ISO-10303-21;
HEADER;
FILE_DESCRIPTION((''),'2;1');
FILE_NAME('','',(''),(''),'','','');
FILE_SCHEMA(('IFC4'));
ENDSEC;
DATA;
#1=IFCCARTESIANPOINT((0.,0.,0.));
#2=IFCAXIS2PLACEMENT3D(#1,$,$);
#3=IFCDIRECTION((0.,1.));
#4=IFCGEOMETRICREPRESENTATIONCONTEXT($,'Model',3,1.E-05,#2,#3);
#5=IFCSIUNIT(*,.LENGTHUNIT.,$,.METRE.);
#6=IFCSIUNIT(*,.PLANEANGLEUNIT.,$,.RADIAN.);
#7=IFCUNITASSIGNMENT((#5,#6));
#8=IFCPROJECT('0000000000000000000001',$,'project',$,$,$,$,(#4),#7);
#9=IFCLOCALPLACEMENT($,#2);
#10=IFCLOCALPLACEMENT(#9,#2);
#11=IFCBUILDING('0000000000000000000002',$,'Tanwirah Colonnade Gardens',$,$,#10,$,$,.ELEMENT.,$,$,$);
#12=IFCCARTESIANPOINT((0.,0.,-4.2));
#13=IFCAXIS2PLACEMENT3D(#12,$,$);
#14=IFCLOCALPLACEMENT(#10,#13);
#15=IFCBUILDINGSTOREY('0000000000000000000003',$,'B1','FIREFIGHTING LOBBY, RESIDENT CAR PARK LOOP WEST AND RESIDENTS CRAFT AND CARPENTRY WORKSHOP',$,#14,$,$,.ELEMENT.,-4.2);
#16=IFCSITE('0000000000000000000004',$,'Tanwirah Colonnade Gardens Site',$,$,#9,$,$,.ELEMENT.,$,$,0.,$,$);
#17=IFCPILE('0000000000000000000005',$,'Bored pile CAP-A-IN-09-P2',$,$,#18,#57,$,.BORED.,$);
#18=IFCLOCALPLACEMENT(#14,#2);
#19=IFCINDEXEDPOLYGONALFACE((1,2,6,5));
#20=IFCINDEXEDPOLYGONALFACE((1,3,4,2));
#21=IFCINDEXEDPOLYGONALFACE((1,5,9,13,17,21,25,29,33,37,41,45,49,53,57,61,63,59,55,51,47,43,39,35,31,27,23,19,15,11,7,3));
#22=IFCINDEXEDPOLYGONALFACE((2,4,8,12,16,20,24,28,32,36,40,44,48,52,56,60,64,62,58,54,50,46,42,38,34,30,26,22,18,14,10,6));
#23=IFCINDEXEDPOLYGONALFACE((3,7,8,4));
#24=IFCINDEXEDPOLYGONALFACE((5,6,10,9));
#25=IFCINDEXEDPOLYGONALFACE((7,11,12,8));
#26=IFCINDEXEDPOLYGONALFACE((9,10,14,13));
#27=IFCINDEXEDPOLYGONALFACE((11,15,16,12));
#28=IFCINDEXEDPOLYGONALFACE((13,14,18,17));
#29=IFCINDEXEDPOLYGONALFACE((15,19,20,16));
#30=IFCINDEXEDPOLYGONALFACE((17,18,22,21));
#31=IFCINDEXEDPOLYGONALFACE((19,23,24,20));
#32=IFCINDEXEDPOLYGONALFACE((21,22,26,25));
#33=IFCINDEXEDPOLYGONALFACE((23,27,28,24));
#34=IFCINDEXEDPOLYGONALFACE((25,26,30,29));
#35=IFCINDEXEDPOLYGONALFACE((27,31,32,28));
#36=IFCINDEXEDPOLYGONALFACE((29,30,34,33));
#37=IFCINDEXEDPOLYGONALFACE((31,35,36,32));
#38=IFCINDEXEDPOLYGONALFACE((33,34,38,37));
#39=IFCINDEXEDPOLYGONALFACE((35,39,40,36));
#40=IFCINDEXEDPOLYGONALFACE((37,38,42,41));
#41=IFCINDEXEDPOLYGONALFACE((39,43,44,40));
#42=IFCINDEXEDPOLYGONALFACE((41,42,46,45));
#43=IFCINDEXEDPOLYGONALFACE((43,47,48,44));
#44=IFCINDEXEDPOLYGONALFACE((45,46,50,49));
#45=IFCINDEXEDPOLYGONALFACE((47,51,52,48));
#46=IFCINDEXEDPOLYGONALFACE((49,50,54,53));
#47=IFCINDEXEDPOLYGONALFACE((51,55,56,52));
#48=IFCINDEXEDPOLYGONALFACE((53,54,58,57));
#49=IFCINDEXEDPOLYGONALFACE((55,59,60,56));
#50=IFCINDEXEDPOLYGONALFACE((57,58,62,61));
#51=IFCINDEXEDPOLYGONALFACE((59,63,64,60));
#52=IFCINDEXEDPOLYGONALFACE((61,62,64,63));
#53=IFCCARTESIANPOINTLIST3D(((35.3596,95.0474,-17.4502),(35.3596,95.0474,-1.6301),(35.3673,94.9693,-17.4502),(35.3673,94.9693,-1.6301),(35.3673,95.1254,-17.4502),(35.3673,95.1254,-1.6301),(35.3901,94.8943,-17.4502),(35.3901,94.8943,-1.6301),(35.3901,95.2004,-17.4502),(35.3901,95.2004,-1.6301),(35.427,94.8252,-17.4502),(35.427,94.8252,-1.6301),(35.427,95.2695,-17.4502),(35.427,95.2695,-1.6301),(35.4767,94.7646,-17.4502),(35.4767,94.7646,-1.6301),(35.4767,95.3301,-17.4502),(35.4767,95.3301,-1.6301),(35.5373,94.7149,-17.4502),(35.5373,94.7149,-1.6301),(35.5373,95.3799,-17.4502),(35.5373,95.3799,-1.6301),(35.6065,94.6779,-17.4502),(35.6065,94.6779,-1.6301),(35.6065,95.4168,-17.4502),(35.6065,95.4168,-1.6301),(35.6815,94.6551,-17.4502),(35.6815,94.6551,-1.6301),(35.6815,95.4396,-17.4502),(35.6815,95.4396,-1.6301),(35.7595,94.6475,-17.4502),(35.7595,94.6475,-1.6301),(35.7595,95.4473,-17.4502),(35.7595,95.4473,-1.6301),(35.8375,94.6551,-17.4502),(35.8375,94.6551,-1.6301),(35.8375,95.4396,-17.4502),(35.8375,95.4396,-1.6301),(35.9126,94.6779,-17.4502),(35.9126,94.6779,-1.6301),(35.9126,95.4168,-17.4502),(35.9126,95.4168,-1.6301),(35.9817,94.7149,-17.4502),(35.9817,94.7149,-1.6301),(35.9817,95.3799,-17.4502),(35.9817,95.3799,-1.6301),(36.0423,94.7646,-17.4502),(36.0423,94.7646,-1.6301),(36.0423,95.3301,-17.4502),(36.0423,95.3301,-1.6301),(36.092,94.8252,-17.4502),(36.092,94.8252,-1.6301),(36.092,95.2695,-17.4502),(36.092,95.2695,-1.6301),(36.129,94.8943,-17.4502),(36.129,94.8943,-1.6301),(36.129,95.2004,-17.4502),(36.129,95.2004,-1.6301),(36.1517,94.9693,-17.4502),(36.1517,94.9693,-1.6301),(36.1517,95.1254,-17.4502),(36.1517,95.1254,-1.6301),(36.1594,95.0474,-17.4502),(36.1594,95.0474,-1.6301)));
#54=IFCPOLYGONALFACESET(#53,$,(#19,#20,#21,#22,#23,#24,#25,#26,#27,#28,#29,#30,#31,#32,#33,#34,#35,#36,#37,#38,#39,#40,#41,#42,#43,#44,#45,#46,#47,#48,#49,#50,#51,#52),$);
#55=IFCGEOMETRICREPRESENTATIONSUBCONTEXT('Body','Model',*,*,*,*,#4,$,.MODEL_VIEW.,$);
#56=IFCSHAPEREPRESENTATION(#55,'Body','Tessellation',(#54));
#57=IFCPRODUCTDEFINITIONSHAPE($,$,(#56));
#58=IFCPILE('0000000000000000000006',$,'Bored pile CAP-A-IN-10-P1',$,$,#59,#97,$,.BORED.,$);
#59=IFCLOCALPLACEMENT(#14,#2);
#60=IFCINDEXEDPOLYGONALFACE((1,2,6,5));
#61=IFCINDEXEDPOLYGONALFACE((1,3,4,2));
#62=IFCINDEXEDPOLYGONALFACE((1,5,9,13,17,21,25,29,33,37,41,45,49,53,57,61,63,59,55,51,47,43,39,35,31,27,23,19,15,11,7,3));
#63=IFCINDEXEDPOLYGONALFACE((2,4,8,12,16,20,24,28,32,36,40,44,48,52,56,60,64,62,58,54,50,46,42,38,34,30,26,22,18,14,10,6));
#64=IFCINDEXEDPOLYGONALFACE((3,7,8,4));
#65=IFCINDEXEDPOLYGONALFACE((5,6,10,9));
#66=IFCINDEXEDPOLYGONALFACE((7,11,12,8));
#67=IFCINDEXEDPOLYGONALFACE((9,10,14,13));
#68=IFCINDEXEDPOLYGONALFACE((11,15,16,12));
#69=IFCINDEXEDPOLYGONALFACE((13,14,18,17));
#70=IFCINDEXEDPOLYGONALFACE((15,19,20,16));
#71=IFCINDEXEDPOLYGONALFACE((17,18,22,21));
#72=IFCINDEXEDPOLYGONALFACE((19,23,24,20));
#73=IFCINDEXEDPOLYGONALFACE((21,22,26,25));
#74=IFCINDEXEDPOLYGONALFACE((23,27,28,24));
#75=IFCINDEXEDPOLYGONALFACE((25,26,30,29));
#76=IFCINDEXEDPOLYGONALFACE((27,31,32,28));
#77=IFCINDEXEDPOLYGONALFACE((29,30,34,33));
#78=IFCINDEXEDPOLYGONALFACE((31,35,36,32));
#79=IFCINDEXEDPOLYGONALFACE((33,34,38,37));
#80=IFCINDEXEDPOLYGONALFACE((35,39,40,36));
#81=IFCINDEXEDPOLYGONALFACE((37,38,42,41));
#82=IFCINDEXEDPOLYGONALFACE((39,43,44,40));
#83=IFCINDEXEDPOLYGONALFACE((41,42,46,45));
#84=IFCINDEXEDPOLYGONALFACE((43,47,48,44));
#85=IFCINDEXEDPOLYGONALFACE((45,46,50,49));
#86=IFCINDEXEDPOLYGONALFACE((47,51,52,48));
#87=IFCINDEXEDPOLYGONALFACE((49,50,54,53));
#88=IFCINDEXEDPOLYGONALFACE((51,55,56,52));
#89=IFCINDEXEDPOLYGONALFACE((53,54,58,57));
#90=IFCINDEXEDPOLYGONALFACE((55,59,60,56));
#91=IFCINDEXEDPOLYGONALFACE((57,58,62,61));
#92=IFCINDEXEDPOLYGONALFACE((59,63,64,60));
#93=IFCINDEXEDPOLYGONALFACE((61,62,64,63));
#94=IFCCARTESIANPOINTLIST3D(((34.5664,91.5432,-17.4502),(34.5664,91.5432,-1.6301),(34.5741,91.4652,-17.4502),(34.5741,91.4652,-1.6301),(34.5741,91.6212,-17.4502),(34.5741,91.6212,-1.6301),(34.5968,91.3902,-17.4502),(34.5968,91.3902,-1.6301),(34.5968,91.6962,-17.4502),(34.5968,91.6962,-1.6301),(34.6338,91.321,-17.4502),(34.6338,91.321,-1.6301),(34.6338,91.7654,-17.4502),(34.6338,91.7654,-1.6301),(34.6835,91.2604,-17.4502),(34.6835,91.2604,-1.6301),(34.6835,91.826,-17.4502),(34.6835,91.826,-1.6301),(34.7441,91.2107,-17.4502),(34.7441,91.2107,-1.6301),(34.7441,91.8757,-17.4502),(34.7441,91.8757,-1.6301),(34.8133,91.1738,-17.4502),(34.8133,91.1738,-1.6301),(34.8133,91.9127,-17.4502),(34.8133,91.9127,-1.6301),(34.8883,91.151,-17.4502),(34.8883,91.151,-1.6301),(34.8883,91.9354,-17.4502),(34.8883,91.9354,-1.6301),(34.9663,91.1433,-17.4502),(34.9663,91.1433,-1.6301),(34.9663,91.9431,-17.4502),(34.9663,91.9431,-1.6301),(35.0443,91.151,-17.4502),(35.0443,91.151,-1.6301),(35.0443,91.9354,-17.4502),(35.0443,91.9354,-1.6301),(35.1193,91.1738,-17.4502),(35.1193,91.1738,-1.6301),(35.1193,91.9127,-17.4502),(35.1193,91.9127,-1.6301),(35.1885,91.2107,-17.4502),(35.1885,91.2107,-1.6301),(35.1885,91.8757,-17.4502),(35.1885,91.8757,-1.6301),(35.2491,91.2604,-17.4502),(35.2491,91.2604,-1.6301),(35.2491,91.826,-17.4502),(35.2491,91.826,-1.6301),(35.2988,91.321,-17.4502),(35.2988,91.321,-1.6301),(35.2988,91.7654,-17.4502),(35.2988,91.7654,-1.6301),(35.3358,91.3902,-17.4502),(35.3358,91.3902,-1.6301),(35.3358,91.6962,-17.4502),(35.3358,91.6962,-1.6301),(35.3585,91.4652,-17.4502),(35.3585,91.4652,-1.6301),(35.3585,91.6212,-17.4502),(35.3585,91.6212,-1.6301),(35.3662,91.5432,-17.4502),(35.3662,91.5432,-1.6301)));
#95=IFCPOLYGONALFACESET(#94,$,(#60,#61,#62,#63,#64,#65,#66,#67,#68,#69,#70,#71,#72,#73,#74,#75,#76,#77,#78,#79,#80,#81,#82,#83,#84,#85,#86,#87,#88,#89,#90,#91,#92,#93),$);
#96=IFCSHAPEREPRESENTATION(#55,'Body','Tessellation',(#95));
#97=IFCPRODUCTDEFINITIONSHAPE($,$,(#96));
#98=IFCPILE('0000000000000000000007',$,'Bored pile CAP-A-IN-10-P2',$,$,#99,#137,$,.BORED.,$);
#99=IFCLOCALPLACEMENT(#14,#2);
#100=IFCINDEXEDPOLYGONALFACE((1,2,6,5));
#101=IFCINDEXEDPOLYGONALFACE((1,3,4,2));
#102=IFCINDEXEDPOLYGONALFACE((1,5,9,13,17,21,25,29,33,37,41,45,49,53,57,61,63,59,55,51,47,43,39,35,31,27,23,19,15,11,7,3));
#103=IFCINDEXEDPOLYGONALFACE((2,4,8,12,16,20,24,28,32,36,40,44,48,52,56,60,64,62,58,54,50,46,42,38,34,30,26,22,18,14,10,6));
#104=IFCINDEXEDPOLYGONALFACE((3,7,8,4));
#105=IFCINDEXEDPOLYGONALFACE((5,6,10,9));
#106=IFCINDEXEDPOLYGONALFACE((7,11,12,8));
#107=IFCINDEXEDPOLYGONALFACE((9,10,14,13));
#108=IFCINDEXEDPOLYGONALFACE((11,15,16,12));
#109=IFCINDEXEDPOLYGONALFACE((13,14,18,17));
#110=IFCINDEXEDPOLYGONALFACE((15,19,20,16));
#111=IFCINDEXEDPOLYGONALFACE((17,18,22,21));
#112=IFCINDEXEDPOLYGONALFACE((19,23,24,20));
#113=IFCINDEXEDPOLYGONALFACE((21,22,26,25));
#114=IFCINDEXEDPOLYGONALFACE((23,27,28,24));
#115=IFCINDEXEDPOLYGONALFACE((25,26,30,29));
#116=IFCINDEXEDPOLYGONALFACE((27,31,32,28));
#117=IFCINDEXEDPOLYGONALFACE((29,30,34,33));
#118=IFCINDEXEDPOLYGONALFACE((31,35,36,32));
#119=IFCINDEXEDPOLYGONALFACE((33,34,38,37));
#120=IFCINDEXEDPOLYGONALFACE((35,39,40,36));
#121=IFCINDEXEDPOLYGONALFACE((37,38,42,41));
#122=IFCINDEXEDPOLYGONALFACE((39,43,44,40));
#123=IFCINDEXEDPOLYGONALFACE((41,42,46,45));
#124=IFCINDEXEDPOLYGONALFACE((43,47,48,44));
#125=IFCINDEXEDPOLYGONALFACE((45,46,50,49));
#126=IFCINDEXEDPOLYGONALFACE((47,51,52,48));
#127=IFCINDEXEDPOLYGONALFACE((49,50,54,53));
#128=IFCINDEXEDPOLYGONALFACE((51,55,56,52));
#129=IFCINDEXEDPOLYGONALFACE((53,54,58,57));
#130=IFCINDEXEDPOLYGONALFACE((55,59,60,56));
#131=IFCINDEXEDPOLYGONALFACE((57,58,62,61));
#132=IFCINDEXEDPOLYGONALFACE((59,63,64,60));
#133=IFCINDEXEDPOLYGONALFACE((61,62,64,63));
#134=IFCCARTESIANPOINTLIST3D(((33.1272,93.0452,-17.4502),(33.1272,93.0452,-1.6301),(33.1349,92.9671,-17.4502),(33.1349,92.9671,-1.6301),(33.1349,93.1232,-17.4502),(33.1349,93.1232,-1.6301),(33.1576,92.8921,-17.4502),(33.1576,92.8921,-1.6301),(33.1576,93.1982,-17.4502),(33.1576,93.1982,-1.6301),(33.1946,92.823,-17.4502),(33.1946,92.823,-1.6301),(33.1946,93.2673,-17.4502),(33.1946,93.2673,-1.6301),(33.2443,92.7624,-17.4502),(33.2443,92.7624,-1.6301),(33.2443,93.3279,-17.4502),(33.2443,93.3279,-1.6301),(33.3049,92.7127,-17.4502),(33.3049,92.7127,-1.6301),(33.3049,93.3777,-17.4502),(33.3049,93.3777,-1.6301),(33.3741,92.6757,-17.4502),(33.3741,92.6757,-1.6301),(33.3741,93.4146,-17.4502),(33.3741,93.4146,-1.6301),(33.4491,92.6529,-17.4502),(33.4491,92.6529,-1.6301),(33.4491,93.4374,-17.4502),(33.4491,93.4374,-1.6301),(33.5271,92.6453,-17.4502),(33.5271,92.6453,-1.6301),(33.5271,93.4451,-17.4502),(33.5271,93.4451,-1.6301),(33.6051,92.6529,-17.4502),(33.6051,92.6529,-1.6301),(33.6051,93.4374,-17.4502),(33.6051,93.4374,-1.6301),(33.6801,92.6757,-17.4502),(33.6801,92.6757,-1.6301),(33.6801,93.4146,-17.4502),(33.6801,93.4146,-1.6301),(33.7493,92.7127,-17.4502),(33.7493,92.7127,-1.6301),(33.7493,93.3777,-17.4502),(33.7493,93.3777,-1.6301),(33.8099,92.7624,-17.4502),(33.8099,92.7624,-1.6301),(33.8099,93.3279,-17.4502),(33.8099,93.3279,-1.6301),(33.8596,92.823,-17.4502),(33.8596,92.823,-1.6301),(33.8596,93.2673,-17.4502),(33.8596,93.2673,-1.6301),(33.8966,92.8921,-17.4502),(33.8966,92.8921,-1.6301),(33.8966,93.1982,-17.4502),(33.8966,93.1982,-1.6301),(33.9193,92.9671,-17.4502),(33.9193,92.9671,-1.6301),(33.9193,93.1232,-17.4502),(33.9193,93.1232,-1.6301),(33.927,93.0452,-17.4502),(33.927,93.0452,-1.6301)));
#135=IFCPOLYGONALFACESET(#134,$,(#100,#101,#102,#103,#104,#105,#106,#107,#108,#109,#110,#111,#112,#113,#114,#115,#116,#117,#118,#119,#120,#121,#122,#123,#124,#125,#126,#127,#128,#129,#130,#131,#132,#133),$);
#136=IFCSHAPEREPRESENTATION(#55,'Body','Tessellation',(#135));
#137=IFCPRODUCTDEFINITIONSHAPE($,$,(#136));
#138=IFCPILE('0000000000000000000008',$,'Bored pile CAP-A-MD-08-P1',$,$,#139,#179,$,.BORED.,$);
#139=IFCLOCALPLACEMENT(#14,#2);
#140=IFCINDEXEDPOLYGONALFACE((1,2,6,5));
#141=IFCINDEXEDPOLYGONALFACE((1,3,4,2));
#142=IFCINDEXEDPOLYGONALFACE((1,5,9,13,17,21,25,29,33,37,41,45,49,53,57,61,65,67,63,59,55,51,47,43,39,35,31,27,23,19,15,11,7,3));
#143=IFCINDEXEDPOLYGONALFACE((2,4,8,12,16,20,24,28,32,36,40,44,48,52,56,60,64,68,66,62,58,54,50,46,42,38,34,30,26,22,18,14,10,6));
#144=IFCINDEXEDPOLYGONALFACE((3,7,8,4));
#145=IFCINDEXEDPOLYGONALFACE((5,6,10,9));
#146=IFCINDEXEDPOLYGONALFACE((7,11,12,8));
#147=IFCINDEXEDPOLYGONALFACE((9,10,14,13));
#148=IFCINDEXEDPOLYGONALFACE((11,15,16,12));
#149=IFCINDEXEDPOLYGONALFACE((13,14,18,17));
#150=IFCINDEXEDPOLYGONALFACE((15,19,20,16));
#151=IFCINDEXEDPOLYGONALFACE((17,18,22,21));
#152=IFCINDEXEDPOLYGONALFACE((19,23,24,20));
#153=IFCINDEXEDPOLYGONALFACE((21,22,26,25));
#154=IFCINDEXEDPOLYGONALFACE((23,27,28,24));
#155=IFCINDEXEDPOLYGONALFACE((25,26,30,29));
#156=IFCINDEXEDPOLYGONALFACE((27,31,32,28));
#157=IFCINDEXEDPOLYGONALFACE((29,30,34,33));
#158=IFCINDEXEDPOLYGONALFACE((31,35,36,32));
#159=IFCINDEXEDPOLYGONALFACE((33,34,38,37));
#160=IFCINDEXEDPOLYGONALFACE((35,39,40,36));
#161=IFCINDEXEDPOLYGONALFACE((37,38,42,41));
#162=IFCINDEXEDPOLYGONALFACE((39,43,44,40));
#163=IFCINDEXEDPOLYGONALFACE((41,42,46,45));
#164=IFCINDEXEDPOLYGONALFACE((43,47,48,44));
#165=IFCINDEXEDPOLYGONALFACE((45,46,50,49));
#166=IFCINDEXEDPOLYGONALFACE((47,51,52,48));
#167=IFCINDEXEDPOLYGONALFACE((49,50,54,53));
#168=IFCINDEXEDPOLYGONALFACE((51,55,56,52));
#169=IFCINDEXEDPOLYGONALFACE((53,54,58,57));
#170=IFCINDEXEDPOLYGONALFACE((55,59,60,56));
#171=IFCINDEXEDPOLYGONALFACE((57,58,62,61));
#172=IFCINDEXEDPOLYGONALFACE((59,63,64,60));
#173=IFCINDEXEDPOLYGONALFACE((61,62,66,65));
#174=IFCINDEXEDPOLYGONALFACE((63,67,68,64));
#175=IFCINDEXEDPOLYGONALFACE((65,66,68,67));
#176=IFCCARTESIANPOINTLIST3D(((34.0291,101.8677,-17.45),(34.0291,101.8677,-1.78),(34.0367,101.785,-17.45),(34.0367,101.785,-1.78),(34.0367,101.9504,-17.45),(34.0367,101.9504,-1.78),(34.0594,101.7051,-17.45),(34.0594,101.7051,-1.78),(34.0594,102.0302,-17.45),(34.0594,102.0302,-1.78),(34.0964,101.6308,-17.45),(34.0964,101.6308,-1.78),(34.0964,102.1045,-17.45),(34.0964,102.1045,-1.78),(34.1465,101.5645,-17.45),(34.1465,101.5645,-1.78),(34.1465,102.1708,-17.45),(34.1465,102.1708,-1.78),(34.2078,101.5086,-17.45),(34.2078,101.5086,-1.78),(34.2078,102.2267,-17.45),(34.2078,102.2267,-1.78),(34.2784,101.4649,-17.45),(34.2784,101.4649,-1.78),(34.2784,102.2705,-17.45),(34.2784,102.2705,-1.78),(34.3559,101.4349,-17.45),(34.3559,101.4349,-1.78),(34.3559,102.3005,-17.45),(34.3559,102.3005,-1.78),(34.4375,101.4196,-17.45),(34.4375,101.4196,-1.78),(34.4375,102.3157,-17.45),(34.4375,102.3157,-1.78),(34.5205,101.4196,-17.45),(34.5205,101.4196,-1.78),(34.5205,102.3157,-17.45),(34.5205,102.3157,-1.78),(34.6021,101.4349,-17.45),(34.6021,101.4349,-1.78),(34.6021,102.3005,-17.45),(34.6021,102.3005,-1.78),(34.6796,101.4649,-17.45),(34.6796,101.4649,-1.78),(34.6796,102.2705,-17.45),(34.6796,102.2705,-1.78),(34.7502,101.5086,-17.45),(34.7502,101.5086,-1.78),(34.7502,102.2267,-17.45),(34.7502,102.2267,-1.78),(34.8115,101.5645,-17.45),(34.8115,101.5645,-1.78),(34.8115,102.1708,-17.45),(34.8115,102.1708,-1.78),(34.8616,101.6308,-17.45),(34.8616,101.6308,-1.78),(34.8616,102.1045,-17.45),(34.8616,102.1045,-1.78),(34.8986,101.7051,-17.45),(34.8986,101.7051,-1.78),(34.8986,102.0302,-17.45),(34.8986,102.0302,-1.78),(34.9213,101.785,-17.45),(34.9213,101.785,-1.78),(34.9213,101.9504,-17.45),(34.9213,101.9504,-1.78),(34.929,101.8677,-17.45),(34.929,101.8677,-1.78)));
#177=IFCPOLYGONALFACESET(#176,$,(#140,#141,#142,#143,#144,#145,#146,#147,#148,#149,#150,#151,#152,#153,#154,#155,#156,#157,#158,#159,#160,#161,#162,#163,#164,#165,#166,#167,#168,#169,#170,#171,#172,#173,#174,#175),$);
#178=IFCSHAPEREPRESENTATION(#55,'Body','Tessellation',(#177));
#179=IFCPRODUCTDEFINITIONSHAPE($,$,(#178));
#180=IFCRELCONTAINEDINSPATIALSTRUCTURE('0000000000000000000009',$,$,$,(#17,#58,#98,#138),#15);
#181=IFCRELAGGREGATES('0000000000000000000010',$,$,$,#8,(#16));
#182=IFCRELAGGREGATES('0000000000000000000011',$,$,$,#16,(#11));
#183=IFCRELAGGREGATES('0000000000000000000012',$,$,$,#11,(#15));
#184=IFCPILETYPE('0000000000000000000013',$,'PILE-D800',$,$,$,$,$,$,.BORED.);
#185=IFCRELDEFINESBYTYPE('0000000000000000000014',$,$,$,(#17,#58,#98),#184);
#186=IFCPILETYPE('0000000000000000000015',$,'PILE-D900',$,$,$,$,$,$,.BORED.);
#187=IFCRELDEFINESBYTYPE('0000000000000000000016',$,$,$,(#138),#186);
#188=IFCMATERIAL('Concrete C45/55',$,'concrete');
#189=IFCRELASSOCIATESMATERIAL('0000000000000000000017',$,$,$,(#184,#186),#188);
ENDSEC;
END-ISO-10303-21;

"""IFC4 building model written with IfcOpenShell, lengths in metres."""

from ifc_helpers import new_model, si_unit, direction, frame, origin, origin_2d, place, context, subcontext, project, spatial, circle, extrude, material, material_profile, profile_set, type_object, element, save


model = new_model("IFC4")

# Units and contexts
model_context = context("Model", 3, precision=1e-05, world=origin(), true_north=direction((0.0, 1.0)))
body_context = subcontext(model_context, "Body", "Model", "MODEL_VIEW")
ifc_project = project(units=[si_unit("LENGTHUNIT", "METRE"), si_unit("PLANEANGLEUNIT", "RADIAN")], contexts=[model_context])

# Site, building, storey
site_placement = place(None, origin())
site = spatial("IfcSite", under=ifc_project, at=site_placement, Name="Tanwirah Colonnade Gardens Site", CompositionType="ELEMENT", RefElevation=0.0)
building_placement = place(site_placement, origin())
building = spatial("IfcBuilding", under=site, at=building_placement, Name="Tanwirah Colonnade Gardens", CompositionType="ELEMENT")
storey_placement = place(building_placement, frame((0.0, 0.0, -4.2)))
storey = spatial("IfcBuildingStorey", under=building, at=storey_placement, Name="B1", Description="FIREFIGHTING LOBBY, RESIDENT CAR PARK LOOP WEST AND RESIDENTS CRAFT AND CARPENTRY WORKSHOP", CompositionType="ELEMENT", Elevation=-4.2)

# Shared definitions
ifc_material_1 = material(Name="Concrete C45/55", Category="concrete")

# Piles
ifc_material_profile_1 = material_profile(ifc_material_1, circle(Radius=0.3999, at=origin_2d()), Name="PILE D800")
ifc_profile_set_1 = profile_set([ifc_material_profile_1], Name="Concrete C45/55")
pile_type_1 = type_object("IfcPileType", Name="PILE-D800", PredefinedType="BORED", material=ifc_profile_set_1)
for number, where, z_axis, x_axis, name in (
    (1, (35.7595, 95.0474, -1.6301), (0.0, 0.0, -1.0), (1.0, 0.0, 0.0), "Bored pile CAP-A-IN-09-P2"),
    (2, (34.9663, 91.5432, -1.6301), (0.0, 0.0, -1.0), (1.0, 0.0, 0.0), "Bored pile CAP-A-IN-10-P1"),
    (3, (33.5271, 93.0452, -1.6301), (0.0, 0.0, -1.0), (1.0, 0.0, 0.0), "Bored pile CAP-A-IN-10-P2"),
):
    element("IfcPile", number, at=place(storey_placement, frame(where, z_axis=z_axis, x_axis=x_axis)), inside=storey, type_object=pile_type_1, Name=name, PredefinedType="BORED", context=body_context, shape_type="SweptSolid", body=[
        extrude(circle(Radius=0.3999, at=origin_2d()), origin(), (0.0, 0.0, 1.0), 15.8201),
    ])
ifc_material_profile_2 = material_profile(ifc_material_1, circle(Radius=0.45, at=origin_2d()), Name="PILE D900")
ifc_profile_set_2 = profile_set([ifc_material_profile_2], Name="Concrete C45/55")
pile_type_2 = type_object("IfcPileType", Name="PILE-D900", PredefinedType="BORED", material=ifc_profile_set_2)
for number, where, z_axis, x_axis, name in (
    (4, (34.479, 101.8677, -1.78), (0.0, 0.0, -1.0), (1.0, 0.0, 0.0), "Bored pile CAP-A-MD-08-P1"),
):
    element("IfcPile", number, at=place(storey_placement, frame(where, z_axis=z_axis, x_axis=x_axis)), inside=storey, type_object=pile_type_2, Name=name, PredefinedType="BORED", context=body_context, shape_type="SweptSolid", body=[
        extrude(circle(Radius=0.45, at=origin_2d()), origin(), (0.0, 0.0, 1.0), 15.6699),
    ])

save(model, "model.ifc")
